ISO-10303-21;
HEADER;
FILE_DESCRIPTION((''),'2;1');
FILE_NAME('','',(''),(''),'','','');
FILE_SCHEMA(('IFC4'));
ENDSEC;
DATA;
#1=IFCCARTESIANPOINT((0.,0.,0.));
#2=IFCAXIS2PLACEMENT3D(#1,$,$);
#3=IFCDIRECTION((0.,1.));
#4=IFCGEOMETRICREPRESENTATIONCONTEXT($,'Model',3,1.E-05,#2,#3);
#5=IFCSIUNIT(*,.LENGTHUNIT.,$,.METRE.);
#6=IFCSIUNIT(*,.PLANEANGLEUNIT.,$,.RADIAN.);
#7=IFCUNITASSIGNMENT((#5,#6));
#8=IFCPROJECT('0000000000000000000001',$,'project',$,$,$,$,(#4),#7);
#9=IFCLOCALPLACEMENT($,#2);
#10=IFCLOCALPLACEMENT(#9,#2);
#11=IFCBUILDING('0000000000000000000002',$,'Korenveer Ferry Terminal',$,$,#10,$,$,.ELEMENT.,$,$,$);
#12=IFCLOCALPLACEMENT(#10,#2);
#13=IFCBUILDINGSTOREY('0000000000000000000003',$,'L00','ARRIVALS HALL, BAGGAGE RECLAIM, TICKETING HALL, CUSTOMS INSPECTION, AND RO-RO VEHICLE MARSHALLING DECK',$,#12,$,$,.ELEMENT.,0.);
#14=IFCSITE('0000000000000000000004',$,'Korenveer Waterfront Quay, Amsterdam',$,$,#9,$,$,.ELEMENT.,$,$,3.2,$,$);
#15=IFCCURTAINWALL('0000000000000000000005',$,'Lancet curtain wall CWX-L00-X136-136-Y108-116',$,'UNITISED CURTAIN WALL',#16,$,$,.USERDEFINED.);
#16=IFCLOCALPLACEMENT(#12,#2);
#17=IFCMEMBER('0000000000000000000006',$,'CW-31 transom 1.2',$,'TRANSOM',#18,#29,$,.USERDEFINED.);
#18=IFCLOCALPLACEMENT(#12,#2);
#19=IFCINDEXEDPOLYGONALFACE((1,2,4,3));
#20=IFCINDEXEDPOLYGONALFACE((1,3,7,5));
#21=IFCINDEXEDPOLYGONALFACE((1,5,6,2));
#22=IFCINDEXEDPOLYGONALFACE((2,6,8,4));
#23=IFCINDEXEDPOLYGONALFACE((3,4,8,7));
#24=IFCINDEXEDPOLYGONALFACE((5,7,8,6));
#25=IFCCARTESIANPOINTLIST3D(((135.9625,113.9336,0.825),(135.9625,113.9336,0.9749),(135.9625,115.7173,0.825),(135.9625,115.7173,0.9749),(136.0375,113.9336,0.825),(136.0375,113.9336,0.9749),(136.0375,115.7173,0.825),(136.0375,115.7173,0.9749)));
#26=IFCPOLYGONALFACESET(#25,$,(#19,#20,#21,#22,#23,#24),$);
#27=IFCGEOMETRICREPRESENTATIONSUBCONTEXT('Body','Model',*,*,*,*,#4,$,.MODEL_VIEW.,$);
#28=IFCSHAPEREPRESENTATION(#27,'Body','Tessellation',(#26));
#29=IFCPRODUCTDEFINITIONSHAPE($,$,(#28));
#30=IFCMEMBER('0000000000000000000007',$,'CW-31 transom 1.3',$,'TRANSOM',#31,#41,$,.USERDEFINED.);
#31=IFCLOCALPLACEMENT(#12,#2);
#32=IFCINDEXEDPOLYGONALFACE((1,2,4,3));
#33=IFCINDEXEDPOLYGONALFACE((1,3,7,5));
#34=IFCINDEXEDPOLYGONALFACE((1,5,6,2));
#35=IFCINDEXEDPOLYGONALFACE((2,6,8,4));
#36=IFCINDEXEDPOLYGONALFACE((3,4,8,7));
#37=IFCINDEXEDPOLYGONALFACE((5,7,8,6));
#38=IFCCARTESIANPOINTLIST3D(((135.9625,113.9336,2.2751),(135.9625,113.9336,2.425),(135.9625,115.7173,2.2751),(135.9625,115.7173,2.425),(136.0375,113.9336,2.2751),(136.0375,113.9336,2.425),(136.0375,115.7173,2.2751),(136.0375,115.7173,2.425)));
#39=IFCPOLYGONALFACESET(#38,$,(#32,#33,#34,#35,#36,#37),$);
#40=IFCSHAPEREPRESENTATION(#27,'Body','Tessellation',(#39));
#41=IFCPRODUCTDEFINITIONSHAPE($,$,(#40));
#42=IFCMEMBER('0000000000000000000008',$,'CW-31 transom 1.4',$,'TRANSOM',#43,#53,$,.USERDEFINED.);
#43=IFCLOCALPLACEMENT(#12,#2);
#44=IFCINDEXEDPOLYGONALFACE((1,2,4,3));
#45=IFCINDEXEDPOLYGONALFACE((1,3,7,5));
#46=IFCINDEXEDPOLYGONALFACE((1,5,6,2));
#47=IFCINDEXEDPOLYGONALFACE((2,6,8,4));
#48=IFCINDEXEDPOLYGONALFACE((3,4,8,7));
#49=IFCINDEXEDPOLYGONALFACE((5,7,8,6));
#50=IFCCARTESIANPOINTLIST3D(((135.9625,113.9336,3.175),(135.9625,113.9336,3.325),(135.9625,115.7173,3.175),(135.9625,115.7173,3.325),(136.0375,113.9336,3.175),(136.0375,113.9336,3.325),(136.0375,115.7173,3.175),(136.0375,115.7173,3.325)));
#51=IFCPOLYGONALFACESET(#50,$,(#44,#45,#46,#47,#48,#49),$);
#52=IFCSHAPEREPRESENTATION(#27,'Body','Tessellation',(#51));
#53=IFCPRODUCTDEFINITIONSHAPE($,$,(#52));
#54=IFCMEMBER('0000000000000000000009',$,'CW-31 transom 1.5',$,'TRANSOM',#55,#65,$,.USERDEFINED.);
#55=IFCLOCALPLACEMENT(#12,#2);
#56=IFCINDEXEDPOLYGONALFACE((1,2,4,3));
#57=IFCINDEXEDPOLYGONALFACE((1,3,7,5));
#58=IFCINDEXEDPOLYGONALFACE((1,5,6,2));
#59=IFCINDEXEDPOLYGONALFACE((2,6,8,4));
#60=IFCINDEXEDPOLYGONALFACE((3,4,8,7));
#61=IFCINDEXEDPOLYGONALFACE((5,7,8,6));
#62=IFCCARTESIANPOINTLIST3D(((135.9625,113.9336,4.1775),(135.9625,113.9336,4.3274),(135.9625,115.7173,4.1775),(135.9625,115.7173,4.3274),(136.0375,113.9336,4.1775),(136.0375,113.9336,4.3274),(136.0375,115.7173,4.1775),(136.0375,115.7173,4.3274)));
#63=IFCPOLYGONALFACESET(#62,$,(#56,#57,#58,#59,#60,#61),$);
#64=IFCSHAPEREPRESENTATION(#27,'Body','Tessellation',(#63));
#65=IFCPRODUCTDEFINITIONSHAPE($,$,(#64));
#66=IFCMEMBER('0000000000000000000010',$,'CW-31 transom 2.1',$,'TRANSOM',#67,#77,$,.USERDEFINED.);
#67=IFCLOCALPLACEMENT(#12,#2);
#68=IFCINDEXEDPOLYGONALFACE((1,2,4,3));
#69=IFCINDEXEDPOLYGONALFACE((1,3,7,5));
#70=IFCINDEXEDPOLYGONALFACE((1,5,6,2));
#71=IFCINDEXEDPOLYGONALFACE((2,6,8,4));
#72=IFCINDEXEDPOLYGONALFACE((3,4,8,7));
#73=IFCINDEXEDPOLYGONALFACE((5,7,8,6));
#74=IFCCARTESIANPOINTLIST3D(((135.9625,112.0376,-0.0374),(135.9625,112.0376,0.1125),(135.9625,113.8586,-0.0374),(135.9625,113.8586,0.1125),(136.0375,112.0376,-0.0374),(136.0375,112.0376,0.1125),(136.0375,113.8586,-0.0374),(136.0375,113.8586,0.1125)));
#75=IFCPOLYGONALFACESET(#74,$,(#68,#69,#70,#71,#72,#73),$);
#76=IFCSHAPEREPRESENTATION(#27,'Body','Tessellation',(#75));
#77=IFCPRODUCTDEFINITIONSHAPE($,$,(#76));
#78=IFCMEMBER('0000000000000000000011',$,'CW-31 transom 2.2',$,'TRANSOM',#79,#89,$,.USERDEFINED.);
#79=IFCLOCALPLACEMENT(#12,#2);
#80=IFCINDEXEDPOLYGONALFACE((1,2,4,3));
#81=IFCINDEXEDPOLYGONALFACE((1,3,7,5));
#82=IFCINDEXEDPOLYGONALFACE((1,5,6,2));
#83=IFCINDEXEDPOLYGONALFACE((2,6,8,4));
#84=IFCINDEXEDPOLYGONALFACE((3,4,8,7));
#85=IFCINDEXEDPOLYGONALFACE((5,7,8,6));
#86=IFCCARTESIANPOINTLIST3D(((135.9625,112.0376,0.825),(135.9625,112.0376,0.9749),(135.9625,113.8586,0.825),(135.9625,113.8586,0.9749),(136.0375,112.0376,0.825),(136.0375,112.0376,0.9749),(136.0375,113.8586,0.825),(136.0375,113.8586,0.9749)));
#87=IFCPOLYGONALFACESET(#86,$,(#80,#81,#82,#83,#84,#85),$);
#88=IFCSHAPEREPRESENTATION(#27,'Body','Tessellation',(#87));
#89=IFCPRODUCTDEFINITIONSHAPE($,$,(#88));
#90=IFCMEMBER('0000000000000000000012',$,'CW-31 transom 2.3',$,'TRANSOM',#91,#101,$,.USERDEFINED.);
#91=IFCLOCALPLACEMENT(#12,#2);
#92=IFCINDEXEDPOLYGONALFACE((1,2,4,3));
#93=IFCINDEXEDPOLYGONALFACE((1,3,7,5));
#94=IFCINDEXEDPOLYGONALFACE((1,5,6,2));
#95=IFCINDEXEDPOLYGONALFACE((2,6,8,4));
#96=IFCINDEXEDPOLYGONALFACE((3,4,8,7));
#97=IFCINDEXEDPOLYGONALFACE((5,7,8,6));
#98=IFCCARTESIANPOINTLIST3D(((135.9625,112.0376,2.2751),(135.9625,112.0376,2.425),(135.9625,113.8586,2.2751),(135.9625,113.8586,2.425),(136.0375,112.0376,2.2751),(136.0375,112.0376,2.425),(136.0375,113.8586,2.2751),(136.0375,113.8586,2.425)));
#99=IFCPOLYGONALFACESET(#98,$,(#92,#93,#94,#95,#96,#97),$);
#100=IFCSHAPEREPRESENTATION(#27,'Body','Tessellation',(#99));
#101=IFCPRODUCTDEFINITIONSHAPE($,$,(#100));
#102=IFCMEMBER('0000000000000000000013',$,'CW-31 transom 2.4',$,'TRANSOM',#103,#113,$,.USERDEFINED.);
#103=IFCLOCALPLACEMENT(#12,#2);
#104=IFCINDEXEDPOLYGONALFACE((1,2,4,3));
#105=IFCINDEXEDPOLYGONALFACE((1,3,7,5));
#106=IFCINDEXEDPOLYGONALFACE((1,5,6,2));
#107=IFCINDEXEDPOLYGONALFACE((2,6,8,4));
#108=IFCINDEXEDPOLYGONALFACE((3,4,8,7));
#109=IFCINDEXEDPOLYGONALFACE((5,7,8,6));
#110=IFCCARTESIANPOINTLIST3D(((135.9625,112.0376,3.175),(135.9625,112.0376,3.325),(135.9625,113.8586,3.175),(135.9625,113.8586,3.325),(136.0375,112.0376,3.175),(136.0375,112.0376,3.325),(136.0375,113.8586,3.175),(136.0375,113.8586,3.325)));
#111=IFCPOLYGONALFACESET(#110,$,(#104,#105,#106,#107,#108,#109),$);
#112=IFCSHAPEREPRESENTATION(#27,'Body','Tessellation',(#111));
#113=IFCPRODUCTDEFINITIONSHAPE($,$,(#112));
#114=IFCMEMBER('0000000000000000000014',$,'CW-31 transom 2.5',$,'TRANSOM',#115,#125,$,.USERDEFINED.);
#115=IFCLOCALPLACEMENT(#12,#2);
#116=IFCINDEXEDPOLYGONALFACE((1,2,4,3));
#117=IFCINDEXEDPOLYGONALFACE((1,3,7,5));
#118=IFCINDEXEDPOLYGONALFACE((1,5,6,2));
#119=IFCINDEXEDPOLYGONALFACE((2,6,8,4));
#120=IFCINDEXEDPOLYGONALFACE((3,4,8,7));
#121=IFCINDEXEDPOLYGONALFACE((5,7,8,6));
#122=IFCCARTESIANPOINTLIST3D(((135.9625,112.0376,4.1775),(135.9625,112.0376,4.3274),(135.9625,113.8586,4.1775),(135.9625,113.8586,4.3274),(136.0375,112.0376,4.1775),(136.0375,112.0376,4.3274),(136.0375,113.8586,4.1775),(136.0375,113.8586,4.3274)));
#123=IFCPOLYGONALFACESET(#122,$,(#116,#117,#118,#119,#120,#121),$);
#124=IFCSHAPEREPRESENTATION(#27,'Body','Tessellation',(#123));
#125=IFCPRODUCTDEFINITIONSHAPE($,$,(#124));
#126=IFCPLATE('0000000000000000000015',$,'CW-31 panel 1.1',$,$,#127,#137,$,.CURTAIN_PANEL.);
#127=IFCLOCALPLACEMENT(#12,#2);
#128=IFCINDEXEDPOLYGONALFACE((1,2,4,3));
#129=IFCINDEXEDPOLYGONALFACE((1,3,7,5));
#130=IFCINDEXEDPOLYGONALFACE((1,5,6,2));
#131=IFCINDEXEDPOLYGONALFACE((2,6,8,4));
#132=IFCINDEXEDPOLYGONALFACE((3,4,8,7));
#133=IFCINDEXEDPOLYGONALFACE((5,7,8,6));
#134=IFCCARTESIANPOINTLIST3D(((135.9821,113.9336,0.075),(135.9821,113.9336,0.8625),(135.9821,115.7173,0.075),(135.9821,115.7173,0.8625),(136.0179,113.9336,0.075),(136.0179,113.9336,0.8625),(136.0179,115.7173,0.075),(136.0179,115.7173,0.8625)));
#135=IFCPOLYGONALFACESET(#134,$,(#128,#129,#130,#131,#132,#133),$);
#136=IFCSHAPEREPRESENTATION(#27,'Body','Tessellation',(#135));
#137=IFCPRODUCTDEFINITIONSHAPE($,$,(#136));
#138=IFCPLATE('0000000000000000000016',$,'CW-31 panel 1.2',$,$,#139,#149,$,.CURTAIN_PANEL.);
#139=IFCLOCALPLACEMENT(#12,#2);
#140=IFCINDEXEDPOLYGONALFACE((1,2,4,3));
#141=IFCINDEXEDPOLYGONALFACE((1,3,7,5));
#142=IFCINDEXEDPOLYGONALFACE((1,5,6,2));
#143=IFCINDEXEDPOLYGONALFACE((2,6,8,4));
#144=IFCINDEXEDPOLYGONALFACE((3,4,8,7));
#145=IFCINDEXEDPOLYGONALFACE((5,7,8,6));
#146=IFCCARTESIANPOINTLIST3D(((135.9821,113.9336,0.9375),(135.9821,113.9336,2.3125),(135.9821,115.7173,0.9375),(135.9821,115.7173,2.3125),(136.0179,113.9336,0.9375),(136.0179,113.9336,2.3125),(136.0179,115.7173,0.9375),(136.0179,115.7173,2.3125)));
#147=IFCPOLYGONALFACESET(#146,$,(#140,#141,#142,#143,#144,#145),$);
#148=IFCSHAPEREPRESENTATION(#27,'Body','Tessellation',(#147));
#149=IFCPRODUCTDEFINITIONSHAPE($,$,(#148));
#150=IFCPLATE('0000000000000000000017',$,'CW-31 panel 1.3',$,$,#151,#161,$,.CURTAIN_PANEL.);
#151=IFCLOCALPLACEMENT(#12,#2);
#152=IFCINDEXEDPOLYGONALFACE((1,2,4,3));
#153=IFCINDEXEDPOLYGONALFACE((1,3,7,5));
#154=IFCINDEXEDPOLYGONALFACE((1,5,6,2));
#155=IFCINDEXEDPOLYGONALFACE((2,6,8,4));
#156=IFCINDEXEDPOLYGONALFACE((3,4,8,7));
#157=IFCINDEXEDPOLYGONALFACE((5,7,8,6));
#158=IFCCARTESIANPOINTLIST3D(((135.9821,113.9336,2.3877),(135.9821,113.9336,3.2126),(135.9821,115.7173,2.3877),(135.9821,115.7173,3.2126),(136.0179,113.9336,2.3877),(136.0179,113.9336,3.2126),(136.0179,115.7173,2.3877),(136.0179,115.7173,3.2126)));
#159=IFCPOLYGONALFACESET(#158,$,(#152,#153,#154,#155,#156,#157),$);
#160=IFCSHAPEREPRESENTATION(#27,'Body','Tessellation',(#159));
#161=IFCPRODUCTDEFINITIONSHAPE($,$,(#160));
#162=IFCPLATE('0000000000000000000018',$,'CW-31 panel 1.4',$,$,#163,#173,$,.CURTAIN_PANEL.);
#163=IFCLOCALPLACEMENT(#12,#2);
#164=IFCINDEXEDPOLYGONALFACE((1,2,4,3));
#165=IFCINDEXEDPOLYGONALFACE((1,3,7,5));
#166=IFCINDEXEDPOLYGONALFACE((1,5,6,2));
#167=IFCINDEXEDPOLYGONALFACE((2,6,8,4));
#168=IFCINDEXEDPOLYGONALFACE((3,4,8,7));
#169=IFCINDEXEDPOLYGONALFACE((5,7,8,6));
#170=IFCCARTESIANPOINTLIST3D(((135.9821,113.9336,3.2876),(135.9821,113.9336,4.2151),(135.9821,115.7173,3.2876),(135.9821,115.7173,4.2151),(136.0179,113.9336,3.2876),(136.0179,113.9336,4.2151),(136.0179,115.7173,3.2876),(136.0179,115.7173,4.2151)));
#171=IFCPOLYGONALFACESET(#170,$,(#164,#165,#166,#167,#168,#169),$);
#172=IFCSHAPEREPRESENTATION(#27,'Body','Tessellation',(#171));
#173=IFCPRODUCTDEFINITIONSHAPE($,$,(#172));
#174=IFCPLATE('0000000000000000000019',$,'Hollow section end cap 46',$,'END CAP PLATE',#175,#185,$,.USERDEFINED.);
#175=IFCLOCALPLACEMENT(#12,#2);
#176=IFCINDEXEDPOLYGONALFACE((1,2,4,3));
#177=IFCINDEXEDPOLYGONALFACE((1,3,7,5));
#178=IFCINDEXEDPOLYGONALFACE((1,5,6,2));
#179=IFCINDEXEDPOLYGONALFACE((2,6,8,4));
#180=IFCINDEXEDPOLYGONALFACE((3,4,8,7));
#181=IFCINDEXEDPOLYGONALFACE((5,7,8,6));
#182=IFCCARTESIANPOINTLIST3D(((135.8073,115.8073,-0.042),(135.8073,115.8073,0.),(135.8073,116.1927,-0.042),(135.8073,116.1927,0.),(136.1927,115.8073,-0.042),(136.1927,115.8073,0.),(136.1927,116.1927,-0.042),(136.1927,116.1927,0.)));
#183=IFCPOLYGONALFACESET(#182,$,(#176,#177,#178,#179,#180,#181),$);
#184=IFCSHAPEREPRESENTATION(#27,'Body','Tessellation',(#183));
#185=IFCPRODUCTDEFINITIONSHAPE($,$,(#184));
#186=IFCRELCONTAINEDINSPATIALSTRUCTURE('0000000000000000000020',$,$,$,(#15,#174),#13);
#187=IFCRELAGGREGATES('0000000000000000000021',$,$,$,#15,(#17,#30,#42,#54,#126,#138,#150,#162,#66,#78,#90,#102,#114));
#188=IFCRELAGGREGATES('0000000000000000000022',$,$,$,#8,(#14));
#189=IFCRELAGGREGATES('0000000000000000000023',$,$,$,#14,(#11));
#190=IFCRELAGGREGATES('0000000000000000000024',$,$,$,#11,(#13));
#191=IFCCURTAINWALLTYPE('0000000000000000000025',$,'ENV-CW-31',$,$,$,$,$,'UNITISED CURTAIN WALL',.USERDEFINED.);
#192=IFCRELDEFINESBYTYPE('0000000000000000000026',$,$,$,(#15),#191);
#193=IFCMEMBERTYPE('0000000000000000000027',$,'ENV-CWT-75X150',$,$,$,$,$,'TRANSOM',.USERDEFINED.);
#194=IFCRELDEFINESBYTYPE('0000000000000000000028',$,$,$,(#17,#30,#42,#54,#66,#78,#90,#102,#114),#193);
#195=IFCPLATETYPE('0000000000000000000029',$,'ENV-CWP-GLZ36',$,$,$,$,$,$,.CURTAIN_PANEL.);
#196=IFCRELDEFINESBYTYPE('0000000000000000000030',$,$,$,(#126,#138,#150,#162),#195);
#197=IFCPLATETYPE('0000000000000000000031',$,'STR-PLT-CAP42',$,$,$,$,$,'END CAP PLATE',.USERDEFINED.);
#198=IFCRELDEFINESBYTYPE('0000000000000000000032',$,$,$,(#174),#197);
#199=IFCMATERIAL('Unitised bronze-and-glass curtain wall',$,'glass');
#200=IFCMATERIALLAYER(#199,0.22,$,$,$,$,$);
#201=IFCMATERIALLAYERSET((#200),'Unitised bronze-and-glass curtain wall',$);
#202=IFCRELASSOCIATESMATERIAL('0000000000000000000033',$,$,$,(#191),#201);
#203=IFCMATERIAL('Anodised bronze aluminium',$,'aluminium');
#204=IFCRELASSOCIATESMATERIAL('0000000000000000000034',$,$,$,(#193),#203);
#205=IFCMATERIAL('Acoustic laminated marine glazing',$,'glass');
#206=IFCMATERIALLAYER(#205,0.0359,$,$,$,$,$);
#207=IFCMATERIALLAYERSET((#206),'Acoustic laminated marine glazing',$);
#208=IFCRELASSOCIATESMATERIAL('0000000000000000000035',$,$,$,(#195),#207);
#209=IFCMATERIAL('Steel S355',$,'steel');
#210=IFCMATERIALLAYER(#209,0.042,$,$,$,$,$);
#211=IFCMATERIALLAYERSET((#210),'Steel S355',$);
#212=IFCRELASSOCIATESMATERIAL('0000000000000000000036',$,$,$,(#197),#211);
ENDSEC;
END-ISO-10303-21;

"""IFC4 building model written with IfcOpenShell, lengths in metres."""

from ifc_helpers import new_model, si_unit, direction, frame, origin, origin_2d, place, context, subcontext, project, spatial, rectangle, extrude, material, layer, layer_set, material_profile, profile_set, type_object, element, aggregate, save


model = new_model("IFC4")

# Units and contexts
model_context = context("Model", 3, precision=1e-05, world=origin(), true_north=direction((0.0, 1.0)))
body_context = subcontext(model_context, "Body", "Model", "MODEL_VIEW")
ifc_project = project(units=[si_unit("LENGTHUNIT", "METRE"), si_unit("PLANEANGLEUNIT", "RADIAN")], contexts=[model_context])

# Site, building, storey
site_placement = place(None, origin())
site = spatial("IfcSite", under=ifc_project, at=site_placement, Name="Korenveer Waterfront Quay, Amsterdam", CompositionType="ELEMENT", RefElevation=3.2)
building_placement = place(site_placement, origin())
building = spatial("IfcBuilding", under=site, at=building_placement, Name="Korenveer Ferry Terminal", CompositionType="ELEMENT")
storey_placement = place(building_placement, origin())
storey = spatial("IfcBuildingStorey", under=building, at=storey_placement, Name="L00", Description="ARRIVALS HALL, BAGGAGE RECLAIM, TICKETING HALL, CUSTOMS INSPECTION, AND RO-RO VEHICLE MARSHALLING DECK", CompositionType="ELEMENT", Elevation=0.0)

# Shared definitions
ifc_material_1 = material(Name="Steel S355", Category="steel")

# Curtain wall, members, plates
ifc_material_2 = material(Name="Unitised bronze-and-glass curtain wall", Category="glass")
ifc_layer_1 = layer(ifc_material_2, 0.22)
ifc_layer_set_1 = layer_set([ifc_layer_1], Name="Unitised bronze-and-glass curtain wall")
curtain_wall_type = type_object("IfcCurtainWallType", Name="ENV-CW-31", ElementType="UNITISED CURTAIN WALL", PredefinedType="USERDEFINED", material=ifc_layer_set_1)
curtain_wall_placement = place(storey_placement, frame((136.0, 115.7922, 0.0)))
curtain_wall = element("IfcCurtainWall", 1, at=curtain_wall_placement, inside=storey, type_object=curtain_wall_type, Name="Lancet curtain wall CWX-L00-X136-136-Y108-116", ObjectType="UNITISED CURTAIN WALL", PredefinedType="USERDEFINED")
ifc_material_3 = material(Name="Anodised bronze aluminium", Category="aluminium")
ifc_material_profile_1 = material_profile(ifc_material_3, rectangle(XDim=0.075, YDim=0.1499, at=origin_2d()), Name="ALU 75x150")
ifc_profile_set_1 = profile_set([ifc_material_profile_1], Name="Anodised bronze aluminium")
member_type_1 = type_object("IfcMemberType", Name="ENV-CWT-75X150", ElementType="TRANSOM", PredefinedType="USERDEFINED", material=ifc_profile_set_1)
member_1_placement = place(storey_placement, frame((136.0, 115.7173, 0.8999), z_axis=(0.0, -1.0, 0.0), x_axis=(1.0, 0.0, 0.0)))
member_1 = element("IfcMember", 2, at=member_1_placement, type_object=member_type_1, Name="CW-31 transom 1.2", ObjectType="TRANSOM", PredefinedType="USERDEFINED", context=body_context, shape_type="SweptSolid", body=[
    extrude(rectangle(XDim=0.075, YDim=0.1499, at=origin_2d()), origin(), (0.0, 0.0, 1.0), 1.7837),
])
member_2_placement = place(storey_placement, frame((136.0, 115.7173, 2.3501), z_axis=(0.0, -1.0, 0.0), x_axis=(1.0, 0.0, 0.0)))
member_2 = element("IfcMember", 3, at=member_2_placement, type_object=member_type_1, Name="CW-31 transom 1.3", ObjectType="TRANSOM", PredefinedType="USERDEFINED", context=body_context, shape_type="SweptSolid", body=[
    extrude(rectangle(XDim=0.075, YDim=0.1499, at=origin_2d()), origin(), (0.0, 0.0, 1.0), 1.7837),
])
member_3_placement = place(storey_placement, frame((136.0, 115.7173, 3.25), z_axis=(0.0, -1.0, 0.0), x_axis=(1.0, 0.0, 0.0)))
member_3 = element("IfcMember", 4, at=member_3_placement, type_object=member_type_1, Name="CW-31 transom 1.4", ObjectType="TRANSOM", PredefinedType="USERDEFINED", context=body_context, shape_type="SweptSolid", body=[
    extrude(rectangle(XDim=0.075, YDim=0.1499, at=origin_2d()), origin(), (0.0, 0.0, 1.0), 1.7837),
])
member_4_placement = place(storey_placement, frame((136.0, 115.7173, 4.2524), z_axis=(0.0, -1.0, 0.0), x_axis=(1.0, 0.0, 0.0)))
member_4 = element("IfcMember", 5, at=member_4_placement, type_object=member_type_1, Name="CW-31 transom 1.5", ObjectType="TRANSOM", PredefinedType="USERDEFINED", context=body_context, shape_type="SweptSolid", body=[
    extrude(rectangle(XDim=0.075, YDim=0.1499, at=origin_2d()), origin(), (0.0, 0.0, 1.0), 1.7837),
])
member_5_placement = place(storey_placement, frame((136.0, 113.8586, 0.0376), z_axis=(0.0, -1.0, 0.0), x_axis=(1.0, 0.0, 0.0)))
member_5 = element("IfcMember", 6, at=member_5_placement, type_object=member_type_1, Name="CW-31 transom 2.1", ObjectType="TRANSOM", PredefinedType="USERDEFINED", context=body_context, shape_type="SweptSolid", body=[
    extrude(rectangle(XDim=0.075, YDim=0.1499, at=origin_2d()), origin(), (0.0, 0.0, 1.0), 1.821),
])
member_6_placement = place(storey_placement, frame((136.0, 113.8586, 0.8999), z_axis=(0.0, -1.0, 0.0), x_axis=(1.0, 0.0, 0.0)))
member_6 = element("IfcMember", 7, at=member_6_placement, type_object=member_type_1, Name="CW-31 transom 2.2", ObjectType="TRANSOM", PredefinedType="USERDEFINED", context=body_context, shape_type="SweptSolid", body=[
    extrude(rectangle(XDim=0.075, YDim=0.1499, at=origin_2d()), origin(), (0.0, 0.0, 1.0), 1.821),
])
member_7_placement = place(storey_placement, frame((136.0, 113.8586, 2.3501), z_axis=(0.0, -1.0, 0.0), x_axis=(1.0, 0.0, 0.0)))
member_7 = element("IfcMember", 8, at=member_7_placement, type_object=member_type_1, Name="CW-31 transom 2.3", ObjectType="TRANSOM", PredefinedType="USERDEFINED", context=body_context, shape_type="SweptSolid", body=[
    extrude(rectangle(XDim=0.075, YDim=0.1499, at=origin_2d()), origin(), (0.0, 0.0, 1.0), 1.821),
])
member_8_placement = place(storey_placement, frame((136.0, 113.8586, 3.25), z_axis=(0.0, -1.0, 0.0), x_axis=(1.0, 0.0, 0.0)))
member_8 = element("IfcMember", 9, at=member_8_placement, type_object=member_type_1, Name="CW-31 transom 2.4", ObjectType="TRANSOM", PredefinedType="USERDEFINED", context=body_context, shape_type="SweptSolid", body=[
    extrude(rectangle(XDim=0.075, YDim=0.1499, at=origin_2d()), origin(), (0.0, 0.0, 1.0), 1.821),
])
member_9_placement = place(storey_placement, frame((136.0, 113.8586, 4.2524), z_axis=(0.0, -1.0, 0.0), x_axis=(1.0, 0.0, 0.0)))
member_9 = element("IfcMember", 10, at=member_9_placement, type_object=member_type_1, Name="CW-31 transom 2.5", ObjectType="TRANSOM", PredefinedType="USERDEFINED", context=body_context, shape_type="SweptSolid", body=[
    extrude(rectangle(XDim=0.075, YDim=0.1499, at=origin_2d()), origin(), (0.0, 0.0, 1.0), 1.821),
])
ifc_material_4 = material(Name="Acoustic laminated marine glazing", Category="glass")
ifc_layer_2 = layer(ifc_material_4, 0.0359)
ifc_layer_set_2 = layer_set([ifc_layer_2], Name="Acoustic laminated marine glazing")
plate_type_1 = type_object("IfcPlateType", Name="ENV-CWP-GLZ36", PredefinedType="CURTAIN_PANEL", material=ifc_layer_set_2)
plate_1_placement = place(storey_placement, frame((136.0, 114.8254, 0.075), z_axis=(0.0, 0.0, 1.0), x_axis=(0.0, -1.0, 0.0)))
plate_1 = element("IfcPlate", 11, at=plate_1_placement, type_object=plate_type_1, Name="CW-31 panel 1.1", PredefinedType="CURTAIN_PANEL", context=body_context, shape_type="SweptSolid", body=[
    extrude(rectangle(XDim=1.7837, YDim=0.0359, at=origin_2d()), origin(), (0.0, 0.0, 1.0), 0.7876),
])
plate_2_placement = place(storey_placement, frame((136.0, 114.8254, 0.9375), z_axis=(0.0, 0.0, 1.0), x_axis=(0.0, -1.0, 0.0)))
plate_2 = element("IfcPlate", 12, at=plate_2_placement, type_object=plate_type_1, Name="CW-31 panel 1.2", PredefinedType="CURTAIN_PANEL", context=body_context, shape_type="SweptSolid", body=[
    extrude(rectangle(XDim=1.7837, YDim=0.0359, at=origin_2d()), origin(), (0.0, 0.0, 1.0), 1.375),
])
plate_3_placement = place(storey_placement, frame((136.0, 114.8254, 2.3877), z_axis=(0.0, 0.0, 1.0), x_axis=(0.0, -1.0, 0.0)))
plate_3 = element("IfcPlate", 13, at=plate_3_placement, type_object=plate_type_1, Name="CW-31 panel 1.3", PredefinedType="CURTAIN_PANEL", context=body_context, shape_type="SweptSolid", body=[
    extrude(rectangle(XDim=1.7837, YDim=0.0359, at=origin_2d()), origin(), (0.0, 0.0, 1.0), 0.825),
])
plate_4_placement = place(storey_placement, frame((136.0, 114.8254, 3.2876), z_axis=(0.0, 0.0, 1.0), x_axis=(0.0, -1.0, 0.0)))
plate_4 = element("IfcPlate", 14, at=plate_4_placement, type_object=plate_type_1, Name="CW-31 panel 1.4", PredefinedType="CURTAIN_PANEL", context=body_context, shape_type="SweptSolid", body=[
    extrude(rectangle(XDim=1.7837, YDim=0.0359, at=origin_2d()), origin(), (0.0, 0.0, 1.0), 0.9275),
])
aggregate(curtain_wall, [member_1, member_2, member_3, member_4, plate_1, plate_2, plate_3, plate_4, member_5, member_6, member_7, member_8, member_9])

# Plate
ifc_layer_3 = layer(ifc_material_1, 0.042)
ifc_layer_set_3 = layer_set([ifc_layer_3], Name="Steel S355")
plate_type_2 = type_object("IfcPlateType", Name="STR-PLT-CAP42", ElementType="END CAP PLATE", PredefinedType="USERDEFINED", material=ifc_layer_set_3)
plate_5_placement = place(storey_placement, frame((136.0, 116.0, -0.042), z_axis=(0.0, 0.0, 1.0), x_axis=(1.0, 0.0, 0.0)))
element("IfcPlate", 15, at=plate_5_placement, inside=storey, type_object=plate_type_2, Name="Hollow section end cap 46", ObjectType="END CAP PLATE", PredefinedType="USERDEFINED", context=body_context, shape_type="SweptSolid", body=[
    extrude(rectangle(XDim=0.3855, YDim=0.3855, at=origin_2d()), origin(), (0.0, 0.0, 1.0), 0.042),
])

save(model, "model.ifc")
